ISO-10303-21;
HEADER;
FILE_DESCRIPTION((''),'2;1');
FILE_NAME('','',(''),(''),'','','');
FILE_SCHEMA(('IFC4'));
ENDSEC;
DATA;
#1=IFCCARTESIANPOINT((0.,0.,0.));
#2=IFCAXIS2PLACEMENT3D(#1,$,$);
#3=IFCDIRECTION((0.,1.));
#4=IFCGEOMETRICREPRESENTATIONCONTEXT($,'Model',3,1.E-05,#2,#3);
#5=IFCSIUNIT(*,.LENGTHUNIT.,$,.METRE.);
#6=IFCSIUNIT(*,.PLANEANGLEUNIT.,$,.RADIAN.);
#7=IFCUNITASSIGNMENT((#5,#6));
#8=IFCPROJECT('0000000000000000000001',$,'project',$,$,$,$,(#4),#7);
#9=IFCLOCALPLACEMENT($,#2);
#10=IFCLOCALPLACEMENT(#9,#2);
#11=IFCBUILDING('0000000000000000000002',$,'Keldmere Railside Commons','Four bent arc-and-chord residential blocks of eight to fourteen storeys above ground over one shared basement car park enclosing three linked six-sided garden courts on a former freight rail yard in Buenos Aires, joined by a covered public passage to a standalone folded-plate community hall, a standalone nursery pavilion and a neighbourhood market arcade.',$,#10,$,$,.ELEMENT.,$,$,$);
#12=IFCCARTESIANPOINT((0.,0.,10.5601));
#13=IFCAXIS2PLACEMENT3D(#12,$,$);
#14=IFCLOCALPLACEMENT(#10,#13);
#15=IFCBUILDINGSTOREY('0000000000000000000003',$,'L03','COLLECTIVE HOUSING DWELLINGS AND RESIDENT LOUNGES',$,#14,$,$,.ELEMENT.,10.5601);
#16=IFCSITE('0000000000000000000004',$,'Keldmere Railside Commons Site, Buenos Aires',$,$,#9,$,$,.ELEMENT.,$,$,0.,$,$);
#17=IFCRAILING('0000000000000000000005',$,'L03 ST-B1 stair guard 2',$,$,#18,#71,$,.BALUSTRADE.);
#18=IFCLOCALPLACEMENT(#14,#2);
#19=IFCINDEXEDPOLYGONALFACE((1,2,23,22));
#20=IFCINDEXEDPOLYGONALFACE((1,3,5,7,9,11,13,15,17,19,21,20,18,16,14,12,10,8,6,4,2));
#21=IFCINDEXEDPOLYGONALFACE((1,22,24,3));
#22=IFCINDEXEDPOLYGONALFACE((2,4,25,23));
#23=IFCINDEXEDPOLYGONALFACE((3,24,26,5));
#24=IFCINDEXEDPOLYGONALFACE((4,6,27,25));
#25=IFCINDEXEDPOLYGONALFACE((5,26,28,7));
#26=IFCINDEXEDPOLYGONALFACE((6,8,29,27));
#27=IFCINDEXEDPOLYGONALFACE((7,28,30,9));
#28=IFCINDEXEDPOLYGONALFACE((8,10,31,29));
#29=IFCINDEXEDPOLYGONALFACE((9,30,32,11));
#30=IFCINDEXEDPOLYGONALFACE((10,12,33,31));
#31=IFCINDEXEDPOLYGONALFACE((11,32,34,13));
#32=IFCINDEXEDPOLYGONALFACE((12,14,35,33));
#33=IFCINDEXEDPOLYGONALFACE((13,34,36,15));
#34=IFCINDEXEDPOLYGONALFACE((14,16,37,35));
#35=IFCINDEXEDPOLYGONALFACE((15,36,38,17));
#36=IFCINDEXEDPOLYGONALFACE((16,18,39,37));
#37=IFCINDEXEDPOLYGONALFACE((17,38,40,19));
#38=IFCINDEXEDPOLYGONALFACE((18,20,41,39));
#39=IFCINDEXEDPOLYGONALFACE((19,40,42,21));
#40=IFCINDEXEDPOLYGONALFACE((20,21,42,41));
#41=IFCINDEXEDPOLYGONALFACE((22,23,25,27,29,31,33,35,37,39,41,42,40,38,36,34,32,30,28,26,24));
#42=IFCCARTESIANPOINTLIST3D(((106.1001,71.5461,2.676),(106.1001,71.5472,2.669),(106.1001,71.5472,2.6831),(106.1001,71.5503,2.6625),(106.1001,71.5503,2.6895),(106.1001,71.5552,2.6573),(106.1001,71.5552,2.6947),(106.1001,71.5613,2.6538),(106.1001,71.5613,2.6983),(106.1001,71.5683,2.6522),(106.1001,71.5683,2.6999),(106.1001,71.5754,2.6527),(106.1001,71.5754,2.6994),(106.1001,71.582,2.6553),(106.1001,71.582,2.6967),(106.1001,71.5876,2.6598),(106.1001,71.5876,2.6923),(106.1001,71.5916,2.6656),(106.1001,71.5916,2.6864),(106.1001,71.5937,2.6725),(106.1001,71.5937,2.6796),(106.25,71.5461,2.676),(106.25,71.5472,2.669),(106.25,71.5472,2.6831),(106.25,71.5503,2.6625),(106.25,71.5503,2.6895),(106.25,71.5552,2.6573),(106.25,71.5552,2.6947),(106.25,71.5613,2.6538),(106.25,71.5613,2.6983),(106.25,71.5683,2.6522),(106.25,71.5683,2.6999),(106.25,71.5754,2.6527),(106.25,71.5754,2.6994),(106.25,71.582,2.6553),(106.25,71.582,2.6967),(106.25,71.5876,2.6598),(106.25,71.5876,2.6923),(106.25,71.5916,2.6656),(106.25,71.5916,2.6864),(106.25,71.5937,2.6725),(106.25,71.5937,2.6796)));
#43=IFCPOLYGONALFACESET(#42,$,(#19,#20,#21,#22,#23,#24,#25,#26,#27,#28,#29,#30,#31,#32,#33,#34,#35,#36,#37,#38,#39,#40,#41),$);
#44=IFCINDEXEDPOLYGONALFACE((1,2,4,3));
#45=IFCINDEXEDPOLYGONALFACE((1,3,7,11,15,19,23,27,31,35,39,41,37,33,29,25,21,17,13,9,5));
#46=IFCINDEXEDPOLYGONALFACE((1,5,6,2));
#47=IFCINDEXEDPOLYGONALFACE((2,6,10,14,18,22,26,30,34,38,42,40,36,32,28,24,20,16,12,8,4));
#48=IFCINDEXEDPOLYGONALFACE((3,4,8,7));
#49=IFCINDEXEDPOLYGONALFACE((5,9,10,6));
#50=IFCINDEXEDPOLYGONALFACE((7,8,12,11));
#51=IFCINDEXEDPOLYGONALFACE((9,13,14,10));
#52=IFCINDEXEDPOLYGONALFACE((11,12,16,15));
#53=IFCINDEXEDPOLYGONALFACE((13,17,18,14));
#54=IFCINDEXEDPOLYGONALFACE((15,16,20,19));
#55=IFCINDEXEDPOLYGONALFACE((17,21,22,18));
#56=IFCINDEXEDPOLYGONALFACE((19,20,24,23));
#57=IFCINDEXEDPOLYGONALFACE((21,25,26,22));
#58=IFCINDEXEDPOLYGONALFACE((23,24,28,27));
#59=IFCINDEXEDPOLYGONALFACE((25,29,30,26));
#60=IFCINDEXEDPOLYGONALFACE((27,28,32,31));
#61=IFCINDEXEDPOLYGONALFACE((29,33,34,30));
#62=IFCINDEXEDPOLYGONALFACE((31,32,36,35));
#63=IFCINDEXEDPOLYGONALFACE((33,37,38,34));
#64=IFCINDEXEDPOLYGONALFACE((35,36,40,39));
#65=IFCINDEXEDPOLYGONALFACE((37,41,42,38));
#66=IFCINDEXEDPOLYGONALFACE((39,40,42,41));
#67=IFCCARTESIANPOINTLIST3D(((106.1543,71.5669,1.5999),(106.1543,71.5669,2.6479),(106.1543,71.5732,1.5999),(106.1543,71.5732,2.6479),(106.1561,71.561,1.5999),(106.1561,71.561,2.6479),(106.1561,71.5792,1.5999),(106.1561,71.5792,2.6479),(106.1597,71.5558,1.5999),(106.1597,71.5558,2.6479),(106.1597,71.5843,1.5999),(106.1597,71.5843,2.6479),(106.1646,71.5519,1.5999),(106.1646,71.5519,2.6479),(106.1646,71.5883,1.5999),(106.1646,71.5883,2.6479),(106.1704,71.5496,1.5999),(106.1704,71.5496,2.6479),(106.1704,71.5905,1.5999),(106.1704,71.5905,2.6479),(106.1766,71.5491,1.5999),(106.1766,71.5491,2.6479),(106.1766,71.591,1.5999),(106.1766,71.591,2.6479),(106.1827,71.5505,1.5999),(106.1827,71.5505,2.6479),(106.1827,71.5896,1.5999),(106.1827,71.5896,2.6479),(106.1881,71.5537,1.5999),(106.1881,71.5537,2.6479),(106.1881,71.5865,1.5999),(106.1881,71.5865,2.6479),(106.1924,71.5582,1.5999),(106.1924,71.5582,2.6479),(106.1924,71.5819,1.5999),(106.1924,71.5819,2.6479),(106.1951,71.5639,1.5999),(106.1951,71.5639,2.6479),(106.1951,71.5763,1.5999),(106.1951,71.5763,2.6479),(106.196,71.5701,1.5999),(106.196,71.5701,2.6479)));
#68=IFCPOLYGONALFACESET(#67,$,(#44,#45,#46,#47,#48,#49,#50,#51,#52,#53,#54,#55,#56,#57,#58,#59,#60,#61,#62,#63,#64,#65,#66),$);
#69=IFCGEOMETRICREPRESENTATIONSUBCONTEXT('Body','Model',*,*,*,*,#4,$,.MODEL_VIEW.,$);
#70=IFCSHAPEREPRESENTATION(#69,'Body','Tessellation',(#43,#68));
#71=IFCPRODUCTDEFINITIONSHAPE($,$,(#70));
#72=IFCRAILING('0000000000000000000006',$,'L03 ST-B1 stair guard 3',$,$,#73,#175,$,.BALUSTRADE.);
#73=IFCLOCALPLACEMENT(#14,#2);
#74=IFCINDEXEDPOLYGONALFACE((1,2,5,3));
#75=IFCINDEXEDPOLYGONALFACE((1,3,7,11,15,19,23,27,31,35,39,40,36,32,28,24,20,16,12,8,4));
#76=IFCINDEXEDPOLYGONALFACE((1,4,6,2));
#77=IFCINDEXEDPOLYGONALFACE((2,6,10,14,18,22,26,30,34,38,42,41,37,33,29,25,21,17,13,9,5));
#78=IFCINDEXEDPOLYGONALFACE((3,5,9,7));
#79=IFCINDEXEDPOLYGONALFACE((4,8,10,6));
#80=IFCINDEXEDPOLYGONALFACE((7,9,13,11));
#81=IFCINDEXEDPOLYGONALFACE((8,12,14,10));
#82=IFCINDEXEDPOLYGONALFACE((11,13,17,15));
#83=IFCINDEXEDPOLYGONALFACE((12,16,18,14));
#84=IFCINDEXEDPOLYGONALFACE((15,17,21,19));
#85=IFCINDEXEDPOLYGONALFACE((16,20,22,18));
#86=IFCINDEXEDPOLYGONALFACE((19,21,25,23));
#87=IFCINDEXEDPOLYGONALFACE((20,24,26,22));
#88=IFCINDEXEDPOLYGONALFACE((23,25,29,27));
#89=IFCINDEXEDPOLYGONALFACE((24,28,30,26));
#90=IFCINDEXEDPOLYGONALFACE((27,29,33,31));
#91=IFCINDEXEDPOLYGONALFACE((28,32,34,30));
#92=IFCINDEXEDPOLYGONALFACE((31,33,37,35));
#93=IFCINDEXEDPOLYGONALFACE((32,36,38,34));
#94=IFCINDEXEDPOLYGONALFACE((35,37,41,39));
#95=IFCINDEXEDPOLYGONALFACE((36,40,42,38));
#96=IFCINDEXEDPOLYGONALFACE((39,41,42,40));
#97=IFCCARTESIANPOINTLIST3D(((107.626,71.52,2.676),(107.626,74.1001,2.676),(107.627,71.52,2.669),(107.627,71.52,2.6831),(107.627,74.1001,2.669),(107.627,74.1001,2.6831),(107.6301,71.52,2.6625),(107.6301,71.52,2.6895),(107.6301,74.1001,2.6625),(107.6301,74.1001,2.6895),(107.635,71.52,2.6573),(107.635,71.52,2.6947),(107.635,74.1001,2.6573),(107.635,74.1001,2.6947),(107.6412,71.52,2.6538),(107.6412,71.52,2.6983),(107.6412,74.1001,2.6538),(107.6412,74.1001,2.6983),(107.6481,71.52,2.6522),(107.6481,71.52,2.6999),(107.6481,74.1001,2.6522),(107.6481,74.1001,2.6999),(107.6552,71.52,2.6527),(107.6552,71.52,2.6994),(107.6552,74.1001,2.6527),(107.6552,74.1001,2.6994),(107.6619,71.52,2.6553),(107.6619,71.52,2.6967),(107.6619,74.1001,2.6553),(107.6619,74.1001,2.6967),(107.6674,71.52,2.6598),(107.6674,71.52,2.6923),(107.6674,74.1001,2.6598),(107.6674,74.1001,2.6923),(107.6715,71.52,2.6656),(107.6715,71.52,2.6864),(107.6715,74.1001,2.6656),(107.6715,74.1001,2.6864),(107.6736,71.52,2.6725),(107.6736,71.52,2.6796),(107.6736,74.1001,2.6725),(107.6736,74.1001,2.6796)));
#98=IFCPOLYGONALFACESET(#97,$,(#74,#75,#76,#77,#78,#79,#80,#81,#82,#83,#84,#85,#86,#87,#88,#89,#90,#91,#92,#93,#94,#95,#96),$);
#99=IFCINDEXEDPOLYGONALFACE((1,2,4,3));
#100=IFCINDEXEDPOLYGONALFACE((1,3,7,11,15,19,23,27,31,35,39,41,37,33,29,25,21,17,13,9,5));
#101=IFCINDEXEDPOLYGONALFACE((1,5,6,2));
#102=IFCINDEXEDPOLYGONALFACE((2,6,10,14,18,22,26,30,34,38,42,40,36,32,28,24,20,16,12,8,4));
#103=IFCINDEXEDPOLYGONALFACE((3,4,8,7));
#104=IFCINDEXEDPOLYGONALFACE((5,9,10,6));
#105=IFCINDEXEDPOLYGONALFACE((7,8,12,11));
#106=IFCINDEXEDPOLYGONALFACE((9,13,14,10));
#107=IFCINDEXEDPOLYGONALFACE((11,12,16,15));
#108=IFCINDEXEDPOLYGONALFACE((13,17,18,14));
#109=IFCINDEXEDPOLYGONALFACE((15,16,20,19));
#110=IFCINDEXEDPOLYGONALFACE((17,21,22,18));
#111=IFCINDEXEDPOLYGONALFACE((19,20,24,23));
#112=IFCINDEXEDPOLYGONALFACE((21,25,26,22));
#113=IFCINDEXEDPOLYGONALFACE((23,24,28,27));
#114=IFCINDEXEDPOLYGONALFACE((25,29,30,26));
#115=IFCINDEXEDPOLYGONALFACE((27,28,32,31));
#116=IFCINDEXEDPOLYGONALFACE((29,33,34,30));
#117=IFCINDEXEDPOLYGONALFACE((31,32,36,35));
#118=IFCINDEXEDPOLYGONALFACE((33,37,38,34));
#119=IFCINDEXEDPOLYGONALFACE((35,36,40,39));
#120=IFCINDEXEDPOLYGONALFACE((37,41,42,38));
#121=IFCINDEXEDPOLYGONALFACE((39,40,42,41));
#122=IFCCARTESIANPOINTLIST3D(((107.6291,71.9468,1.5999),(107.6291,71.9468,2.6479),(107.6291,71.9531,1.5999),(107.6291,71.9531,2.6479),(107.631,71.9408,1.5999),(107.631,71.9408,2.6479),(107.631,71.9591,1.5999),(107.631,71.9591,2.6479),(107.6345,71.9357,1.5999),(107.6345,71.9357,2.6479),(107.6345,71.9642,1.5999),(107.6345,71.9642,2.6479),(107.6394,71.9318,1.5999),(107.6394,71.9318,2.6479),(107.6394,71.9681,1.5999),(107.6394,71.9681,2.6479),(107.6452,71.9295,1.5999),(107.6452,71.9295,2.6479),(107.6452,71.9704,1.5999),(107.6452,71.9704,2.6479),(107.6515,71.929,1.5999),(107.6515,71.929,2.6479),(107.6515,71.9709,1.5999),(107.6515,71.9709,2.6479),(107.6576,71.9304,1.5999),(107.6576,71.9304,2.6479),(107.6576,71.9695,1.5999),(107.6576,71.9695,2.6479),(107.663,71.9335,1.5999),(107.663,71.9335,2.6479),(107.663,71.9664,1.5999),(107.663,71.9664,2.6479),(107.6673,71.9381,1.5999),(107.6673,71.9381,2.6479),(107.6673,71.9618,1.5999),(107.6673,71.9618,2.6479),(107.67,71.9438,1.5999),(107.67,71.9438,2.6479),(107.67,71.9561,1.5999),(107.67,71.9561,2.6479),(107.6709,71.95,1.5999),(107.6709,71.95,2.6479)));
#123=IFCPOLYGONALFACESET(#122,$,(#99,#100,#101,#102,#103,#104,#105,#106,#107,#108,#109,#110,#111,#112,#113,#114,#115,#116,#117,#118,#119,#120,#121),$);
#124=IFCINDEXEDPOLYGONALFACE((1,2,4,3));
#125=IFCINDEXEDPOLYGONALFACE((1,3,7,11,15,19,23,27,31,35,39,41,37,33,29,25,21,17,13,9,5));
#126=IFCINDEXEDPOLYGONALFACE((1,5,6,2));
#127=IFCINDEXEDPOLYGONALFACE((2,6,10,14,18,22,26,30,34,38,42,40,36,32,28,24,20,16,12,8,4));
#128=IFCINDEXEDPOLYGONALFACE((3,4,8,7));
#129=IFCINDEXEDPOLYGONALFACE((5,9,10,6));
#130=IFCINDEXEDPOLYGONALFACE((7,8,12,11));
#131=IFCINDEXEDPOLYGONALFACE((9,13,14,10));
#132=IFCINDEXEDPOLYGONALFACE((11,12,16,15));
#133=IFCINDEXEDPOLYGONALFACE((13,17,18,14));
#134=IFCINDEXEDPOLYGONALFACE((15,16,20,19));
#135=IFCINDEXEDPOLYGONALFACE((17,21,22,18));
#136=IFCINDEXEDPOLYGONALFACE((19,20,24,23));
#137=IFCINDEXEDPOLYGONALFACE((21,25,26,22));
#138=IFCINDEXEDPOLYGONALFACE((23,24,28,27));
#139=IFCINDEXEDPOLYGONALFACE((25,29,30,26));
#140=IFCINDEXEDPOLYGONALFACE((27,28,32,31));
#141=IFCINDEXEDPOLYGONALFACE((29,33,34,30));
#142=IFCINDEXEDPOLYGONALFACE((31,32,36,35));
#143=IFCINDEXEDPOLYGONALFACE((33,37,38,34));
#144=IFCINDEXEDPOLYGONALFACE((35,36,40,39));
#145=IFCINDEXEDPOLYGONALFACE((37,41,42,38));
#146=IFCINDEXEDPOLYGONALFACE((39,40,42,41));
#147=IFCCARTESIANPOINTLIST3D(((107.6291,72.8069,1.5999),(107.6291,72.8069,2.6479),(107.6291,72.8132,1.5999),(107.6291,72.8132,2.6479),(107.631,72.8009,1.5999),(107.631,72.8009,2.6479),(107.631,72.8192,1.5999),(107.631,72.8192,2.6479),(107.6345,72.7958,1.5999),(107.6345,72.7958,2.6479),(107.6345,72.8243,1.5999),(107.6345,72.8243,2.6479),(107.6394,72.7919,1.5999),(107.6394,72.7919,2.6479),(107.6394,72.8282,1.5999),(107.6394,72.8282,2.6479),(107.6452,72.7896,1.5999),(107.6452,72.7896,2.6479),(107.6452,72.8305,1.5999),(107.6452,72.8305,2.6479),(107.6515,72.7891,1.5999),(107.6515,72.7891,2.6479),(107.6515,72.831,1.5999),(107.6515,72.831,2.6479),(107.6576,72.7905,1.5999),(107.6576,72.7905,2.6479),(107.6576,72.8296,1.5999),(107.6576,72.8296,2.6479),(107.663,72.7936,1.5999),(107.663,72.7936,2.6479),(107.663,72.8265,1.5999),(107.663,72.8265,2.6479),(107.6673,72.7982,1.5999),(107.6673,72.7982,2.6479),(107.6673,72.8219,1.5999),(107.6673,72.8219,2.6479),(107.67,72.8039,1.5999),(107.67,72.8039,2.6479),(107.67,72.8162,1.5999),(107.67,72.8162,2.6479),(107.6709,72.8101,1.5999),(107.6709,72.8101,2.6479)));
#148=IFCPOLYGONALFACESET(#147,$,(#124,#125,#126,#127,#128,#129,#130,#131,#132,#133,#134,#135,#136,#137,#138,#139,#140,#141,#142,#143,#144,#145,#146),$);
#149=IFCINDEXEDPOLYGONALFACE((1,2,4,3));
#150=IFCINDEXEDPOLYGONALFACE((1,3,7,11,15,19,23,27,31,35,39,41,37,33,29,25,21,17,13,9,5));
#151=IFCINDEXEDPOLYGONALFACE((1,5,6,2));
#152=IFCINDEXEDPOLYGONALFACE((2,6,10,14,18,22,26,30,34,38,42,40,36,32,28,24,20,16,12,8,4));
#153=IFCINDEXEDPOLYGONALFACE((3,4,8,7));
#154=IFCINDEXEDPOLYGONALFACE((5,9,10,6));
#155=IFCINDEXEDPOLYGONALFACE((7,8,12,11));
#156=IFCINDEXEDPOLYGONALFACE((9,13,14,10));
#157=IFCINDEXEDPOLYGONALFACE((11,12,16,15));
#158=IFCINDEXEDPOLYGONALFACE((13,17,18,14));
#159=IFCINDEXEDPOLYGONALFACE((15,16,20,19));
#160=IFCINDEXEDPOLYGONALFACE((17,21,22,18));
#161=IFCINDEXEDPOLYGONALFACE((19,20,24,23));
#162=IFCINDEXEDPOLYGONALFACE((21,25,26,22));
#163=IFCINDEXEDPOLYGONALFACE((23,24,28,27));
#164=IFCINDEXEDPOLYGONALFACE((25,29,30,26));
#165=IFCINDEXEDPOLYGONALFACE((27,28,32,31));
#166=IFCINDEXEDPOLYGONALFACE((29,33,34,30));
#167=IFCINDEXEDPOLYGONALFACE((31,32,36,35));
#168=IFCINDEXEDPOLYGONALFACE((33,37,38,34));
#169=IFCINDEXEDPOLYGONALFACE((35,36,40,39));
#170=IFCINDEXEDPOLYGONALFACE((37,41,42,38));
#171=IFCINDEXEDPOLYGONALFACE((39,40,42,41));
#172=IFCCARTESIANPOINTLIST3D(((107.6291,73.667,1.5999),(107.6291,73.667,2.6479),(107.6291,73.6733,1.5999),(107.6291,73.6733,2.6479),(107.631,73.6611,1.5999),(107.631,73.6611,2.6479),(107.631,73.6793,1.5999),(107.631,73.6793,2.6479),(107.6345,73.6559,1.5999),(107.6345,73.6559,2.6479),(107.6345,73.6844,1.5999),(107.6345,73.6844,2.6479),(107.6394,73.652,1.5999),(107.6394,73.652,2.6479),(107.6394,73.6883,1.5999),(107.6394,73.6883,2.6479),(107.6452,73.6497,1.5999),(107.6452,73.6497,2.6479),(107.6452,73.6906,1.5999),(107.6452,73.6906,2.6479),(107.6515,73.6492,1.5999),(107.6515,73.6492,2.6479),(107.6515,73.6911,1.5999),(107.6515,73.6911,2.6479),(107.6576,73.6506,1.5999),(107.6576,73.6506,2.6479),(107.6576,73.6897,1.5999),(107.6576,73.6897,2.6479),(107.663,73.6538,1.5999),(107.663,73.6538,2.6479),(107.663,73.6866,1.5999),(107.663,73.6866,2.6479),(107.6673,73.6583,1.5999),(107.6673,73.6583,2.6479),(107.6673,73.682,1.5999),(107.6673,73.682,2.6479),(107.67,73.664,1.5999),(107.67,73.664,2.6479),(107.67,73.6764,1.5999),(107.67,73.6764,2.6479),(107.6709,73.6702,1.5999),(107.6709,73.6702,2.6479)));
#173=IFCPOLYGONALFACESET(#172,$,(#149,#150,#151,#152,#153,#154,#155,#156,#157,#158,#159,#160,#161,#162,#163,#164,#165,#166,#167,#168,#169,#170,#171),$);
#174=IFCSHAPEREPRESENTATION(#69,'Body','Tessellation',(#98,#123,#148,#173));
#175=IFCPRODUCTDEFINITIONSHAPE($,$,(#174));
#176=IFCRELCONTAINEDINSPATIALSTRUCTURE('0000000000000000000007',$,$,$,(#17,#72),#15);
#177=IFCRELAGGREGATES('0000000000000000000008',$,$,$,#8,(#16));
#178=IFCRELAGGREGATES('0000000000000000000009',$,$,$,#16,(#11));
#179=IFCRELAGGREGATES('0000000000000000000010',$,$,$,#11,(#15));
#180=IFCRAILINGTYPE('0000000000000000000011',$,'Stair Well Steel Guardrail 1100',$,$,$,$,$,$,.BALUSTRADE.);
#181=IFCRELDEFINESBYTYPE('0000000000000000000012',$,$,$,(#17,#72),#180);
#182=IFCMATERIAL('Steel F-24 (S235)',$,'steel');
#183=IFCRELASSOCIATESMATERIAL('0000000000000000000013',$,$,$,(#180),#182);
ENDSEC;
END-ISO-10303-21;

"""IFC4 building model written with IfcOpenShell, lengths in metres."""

from ifc_helpers import new_model, si_unit, direction, frame, origin, origin_2d, place, context, subcontext, project, spatial, circle, extrude, material, type_object, element, save


model = new_model("IFC4")

# Units and contexts
model_context = context("Model", 3, precision=1e-05, world=origin(), true_north=direction((0.0, 1.0)))
body_context = subcontext(model_context, "Body", "Model", "MODEL_VIEW")
ifc_project = project(units=[si_unit("LENGTHUNIT", "METRE"), si_unit("PLANEANGLEUNIT", "RADIAN")], contexts=[model_context])

# Site, building, storey
site_placement = place(None, origin())
site = spatial("IfcSite", under=ifc_project, at=site_placement, Name="Keldmere Railside Commons Site, Buenos Aires", CompositionType="ELEMENT", RefElevation=0.0)
building_placement = place(site_placement, origin())
building = spatial("IfcBuilding", under=site, at=building_placement, Name="Keldmere Railside Commons", Description="Four bent arc-and-chord residential blocks of eight to fourteen storeys above ground over one shared basement car park enclosing three linked six-sided garden courts on a former freight rail yard in Buenos Aires, joined by a covered public passage to a standalone folded-plate community hall, a standalone nursery pavilion and a neighbourhood market arcade.", CompositionType="ELEMENT")
storey_placement = place(building_placement, frame((0.0, 0.0, 10.5601)))
storey = spatial("IfcBuildingStorey", under=building, at=storey_placement, Name="L03", Description="COLLECTIVE HOUSING DWELLINGS AND RESIDENT LOUNGES", CompositionType="ELEMENT", Elevation=10.5601)

# Railings
ifc_material_1 = material(Name="Steel F-24 (S235)", Category="steel")
railing_type_1 = type_object("IfcRailingType", Name="Stair Well Steel Guardrail 1100", PredefinedType="BALUSTRADE", material=ifc_material_1)
railing_1_placement = place(storey_placement, frame((106.25, 71.5701, 1.5999)))
element("IfcRailing", 1, at=railing_1_placement, inside=storey, type_object=railing_type_1, Name="L03 ST-B1 stair guard 2", PredefinedType="BALUSTRADE", context=body_context, shape_type="SweptSolid", body=[
    extrude(circle(Radius=0.0239, at=origin_2d()), frame((0.0, 0.0, 1.0762), z_axis=(-1.0, 0.0, 0.0), x_axis=(0.0, -1.0, 0.0)), (0.0, 0.0, 1.0), 0.1499),
    extrude(circle(Radius=0.021, at=origin_2d()), frame((-0.075, 0.0, 0.0)), (0.0, 0.0, 1.0), 1.0481),
])
for number, where, name in (
    (2, (107.6499, 71.52, 1.5999), "L03 ST-B1 stair guard 3"),
):
    element("IfcRailing", number, at=place(storey_placement, frame(where)), inside=storey, type_object=railing_type_1, Name=name, PredefinedType="BALUSTRADE", context=body_context, shape_type="SweptSolid", body=[
        extrude(circle(Radius=0.0239, at=origin_2d()), frame((0.0, 0.0, 1.0762), z_axis=(0.0, 1.0, 0.0), x_axis=(-1.0, 0.0, 0.0)), (0.0, 0.0, 1.0), 2.5801),
        extrude(circle(Radius=0.021, at=origin_2d()), frame((0.0, 0.4299, 0.0)), (0.0, 0.0, 1.0), 1.0481),
        extrude(circle(Radius=0.021, at=origin_2d()), frame((0.0, 1.29, 0.0)), (0.0, 0.0, 1.0), 1.0481),
        extrude(circle(Radius=0.021, at=origin_2d()), frame((0.0, 2.1501, 0.0)), (0.0, 0.0, 1.0), 1.0481),
    ])

save(model, "model.ifc")
